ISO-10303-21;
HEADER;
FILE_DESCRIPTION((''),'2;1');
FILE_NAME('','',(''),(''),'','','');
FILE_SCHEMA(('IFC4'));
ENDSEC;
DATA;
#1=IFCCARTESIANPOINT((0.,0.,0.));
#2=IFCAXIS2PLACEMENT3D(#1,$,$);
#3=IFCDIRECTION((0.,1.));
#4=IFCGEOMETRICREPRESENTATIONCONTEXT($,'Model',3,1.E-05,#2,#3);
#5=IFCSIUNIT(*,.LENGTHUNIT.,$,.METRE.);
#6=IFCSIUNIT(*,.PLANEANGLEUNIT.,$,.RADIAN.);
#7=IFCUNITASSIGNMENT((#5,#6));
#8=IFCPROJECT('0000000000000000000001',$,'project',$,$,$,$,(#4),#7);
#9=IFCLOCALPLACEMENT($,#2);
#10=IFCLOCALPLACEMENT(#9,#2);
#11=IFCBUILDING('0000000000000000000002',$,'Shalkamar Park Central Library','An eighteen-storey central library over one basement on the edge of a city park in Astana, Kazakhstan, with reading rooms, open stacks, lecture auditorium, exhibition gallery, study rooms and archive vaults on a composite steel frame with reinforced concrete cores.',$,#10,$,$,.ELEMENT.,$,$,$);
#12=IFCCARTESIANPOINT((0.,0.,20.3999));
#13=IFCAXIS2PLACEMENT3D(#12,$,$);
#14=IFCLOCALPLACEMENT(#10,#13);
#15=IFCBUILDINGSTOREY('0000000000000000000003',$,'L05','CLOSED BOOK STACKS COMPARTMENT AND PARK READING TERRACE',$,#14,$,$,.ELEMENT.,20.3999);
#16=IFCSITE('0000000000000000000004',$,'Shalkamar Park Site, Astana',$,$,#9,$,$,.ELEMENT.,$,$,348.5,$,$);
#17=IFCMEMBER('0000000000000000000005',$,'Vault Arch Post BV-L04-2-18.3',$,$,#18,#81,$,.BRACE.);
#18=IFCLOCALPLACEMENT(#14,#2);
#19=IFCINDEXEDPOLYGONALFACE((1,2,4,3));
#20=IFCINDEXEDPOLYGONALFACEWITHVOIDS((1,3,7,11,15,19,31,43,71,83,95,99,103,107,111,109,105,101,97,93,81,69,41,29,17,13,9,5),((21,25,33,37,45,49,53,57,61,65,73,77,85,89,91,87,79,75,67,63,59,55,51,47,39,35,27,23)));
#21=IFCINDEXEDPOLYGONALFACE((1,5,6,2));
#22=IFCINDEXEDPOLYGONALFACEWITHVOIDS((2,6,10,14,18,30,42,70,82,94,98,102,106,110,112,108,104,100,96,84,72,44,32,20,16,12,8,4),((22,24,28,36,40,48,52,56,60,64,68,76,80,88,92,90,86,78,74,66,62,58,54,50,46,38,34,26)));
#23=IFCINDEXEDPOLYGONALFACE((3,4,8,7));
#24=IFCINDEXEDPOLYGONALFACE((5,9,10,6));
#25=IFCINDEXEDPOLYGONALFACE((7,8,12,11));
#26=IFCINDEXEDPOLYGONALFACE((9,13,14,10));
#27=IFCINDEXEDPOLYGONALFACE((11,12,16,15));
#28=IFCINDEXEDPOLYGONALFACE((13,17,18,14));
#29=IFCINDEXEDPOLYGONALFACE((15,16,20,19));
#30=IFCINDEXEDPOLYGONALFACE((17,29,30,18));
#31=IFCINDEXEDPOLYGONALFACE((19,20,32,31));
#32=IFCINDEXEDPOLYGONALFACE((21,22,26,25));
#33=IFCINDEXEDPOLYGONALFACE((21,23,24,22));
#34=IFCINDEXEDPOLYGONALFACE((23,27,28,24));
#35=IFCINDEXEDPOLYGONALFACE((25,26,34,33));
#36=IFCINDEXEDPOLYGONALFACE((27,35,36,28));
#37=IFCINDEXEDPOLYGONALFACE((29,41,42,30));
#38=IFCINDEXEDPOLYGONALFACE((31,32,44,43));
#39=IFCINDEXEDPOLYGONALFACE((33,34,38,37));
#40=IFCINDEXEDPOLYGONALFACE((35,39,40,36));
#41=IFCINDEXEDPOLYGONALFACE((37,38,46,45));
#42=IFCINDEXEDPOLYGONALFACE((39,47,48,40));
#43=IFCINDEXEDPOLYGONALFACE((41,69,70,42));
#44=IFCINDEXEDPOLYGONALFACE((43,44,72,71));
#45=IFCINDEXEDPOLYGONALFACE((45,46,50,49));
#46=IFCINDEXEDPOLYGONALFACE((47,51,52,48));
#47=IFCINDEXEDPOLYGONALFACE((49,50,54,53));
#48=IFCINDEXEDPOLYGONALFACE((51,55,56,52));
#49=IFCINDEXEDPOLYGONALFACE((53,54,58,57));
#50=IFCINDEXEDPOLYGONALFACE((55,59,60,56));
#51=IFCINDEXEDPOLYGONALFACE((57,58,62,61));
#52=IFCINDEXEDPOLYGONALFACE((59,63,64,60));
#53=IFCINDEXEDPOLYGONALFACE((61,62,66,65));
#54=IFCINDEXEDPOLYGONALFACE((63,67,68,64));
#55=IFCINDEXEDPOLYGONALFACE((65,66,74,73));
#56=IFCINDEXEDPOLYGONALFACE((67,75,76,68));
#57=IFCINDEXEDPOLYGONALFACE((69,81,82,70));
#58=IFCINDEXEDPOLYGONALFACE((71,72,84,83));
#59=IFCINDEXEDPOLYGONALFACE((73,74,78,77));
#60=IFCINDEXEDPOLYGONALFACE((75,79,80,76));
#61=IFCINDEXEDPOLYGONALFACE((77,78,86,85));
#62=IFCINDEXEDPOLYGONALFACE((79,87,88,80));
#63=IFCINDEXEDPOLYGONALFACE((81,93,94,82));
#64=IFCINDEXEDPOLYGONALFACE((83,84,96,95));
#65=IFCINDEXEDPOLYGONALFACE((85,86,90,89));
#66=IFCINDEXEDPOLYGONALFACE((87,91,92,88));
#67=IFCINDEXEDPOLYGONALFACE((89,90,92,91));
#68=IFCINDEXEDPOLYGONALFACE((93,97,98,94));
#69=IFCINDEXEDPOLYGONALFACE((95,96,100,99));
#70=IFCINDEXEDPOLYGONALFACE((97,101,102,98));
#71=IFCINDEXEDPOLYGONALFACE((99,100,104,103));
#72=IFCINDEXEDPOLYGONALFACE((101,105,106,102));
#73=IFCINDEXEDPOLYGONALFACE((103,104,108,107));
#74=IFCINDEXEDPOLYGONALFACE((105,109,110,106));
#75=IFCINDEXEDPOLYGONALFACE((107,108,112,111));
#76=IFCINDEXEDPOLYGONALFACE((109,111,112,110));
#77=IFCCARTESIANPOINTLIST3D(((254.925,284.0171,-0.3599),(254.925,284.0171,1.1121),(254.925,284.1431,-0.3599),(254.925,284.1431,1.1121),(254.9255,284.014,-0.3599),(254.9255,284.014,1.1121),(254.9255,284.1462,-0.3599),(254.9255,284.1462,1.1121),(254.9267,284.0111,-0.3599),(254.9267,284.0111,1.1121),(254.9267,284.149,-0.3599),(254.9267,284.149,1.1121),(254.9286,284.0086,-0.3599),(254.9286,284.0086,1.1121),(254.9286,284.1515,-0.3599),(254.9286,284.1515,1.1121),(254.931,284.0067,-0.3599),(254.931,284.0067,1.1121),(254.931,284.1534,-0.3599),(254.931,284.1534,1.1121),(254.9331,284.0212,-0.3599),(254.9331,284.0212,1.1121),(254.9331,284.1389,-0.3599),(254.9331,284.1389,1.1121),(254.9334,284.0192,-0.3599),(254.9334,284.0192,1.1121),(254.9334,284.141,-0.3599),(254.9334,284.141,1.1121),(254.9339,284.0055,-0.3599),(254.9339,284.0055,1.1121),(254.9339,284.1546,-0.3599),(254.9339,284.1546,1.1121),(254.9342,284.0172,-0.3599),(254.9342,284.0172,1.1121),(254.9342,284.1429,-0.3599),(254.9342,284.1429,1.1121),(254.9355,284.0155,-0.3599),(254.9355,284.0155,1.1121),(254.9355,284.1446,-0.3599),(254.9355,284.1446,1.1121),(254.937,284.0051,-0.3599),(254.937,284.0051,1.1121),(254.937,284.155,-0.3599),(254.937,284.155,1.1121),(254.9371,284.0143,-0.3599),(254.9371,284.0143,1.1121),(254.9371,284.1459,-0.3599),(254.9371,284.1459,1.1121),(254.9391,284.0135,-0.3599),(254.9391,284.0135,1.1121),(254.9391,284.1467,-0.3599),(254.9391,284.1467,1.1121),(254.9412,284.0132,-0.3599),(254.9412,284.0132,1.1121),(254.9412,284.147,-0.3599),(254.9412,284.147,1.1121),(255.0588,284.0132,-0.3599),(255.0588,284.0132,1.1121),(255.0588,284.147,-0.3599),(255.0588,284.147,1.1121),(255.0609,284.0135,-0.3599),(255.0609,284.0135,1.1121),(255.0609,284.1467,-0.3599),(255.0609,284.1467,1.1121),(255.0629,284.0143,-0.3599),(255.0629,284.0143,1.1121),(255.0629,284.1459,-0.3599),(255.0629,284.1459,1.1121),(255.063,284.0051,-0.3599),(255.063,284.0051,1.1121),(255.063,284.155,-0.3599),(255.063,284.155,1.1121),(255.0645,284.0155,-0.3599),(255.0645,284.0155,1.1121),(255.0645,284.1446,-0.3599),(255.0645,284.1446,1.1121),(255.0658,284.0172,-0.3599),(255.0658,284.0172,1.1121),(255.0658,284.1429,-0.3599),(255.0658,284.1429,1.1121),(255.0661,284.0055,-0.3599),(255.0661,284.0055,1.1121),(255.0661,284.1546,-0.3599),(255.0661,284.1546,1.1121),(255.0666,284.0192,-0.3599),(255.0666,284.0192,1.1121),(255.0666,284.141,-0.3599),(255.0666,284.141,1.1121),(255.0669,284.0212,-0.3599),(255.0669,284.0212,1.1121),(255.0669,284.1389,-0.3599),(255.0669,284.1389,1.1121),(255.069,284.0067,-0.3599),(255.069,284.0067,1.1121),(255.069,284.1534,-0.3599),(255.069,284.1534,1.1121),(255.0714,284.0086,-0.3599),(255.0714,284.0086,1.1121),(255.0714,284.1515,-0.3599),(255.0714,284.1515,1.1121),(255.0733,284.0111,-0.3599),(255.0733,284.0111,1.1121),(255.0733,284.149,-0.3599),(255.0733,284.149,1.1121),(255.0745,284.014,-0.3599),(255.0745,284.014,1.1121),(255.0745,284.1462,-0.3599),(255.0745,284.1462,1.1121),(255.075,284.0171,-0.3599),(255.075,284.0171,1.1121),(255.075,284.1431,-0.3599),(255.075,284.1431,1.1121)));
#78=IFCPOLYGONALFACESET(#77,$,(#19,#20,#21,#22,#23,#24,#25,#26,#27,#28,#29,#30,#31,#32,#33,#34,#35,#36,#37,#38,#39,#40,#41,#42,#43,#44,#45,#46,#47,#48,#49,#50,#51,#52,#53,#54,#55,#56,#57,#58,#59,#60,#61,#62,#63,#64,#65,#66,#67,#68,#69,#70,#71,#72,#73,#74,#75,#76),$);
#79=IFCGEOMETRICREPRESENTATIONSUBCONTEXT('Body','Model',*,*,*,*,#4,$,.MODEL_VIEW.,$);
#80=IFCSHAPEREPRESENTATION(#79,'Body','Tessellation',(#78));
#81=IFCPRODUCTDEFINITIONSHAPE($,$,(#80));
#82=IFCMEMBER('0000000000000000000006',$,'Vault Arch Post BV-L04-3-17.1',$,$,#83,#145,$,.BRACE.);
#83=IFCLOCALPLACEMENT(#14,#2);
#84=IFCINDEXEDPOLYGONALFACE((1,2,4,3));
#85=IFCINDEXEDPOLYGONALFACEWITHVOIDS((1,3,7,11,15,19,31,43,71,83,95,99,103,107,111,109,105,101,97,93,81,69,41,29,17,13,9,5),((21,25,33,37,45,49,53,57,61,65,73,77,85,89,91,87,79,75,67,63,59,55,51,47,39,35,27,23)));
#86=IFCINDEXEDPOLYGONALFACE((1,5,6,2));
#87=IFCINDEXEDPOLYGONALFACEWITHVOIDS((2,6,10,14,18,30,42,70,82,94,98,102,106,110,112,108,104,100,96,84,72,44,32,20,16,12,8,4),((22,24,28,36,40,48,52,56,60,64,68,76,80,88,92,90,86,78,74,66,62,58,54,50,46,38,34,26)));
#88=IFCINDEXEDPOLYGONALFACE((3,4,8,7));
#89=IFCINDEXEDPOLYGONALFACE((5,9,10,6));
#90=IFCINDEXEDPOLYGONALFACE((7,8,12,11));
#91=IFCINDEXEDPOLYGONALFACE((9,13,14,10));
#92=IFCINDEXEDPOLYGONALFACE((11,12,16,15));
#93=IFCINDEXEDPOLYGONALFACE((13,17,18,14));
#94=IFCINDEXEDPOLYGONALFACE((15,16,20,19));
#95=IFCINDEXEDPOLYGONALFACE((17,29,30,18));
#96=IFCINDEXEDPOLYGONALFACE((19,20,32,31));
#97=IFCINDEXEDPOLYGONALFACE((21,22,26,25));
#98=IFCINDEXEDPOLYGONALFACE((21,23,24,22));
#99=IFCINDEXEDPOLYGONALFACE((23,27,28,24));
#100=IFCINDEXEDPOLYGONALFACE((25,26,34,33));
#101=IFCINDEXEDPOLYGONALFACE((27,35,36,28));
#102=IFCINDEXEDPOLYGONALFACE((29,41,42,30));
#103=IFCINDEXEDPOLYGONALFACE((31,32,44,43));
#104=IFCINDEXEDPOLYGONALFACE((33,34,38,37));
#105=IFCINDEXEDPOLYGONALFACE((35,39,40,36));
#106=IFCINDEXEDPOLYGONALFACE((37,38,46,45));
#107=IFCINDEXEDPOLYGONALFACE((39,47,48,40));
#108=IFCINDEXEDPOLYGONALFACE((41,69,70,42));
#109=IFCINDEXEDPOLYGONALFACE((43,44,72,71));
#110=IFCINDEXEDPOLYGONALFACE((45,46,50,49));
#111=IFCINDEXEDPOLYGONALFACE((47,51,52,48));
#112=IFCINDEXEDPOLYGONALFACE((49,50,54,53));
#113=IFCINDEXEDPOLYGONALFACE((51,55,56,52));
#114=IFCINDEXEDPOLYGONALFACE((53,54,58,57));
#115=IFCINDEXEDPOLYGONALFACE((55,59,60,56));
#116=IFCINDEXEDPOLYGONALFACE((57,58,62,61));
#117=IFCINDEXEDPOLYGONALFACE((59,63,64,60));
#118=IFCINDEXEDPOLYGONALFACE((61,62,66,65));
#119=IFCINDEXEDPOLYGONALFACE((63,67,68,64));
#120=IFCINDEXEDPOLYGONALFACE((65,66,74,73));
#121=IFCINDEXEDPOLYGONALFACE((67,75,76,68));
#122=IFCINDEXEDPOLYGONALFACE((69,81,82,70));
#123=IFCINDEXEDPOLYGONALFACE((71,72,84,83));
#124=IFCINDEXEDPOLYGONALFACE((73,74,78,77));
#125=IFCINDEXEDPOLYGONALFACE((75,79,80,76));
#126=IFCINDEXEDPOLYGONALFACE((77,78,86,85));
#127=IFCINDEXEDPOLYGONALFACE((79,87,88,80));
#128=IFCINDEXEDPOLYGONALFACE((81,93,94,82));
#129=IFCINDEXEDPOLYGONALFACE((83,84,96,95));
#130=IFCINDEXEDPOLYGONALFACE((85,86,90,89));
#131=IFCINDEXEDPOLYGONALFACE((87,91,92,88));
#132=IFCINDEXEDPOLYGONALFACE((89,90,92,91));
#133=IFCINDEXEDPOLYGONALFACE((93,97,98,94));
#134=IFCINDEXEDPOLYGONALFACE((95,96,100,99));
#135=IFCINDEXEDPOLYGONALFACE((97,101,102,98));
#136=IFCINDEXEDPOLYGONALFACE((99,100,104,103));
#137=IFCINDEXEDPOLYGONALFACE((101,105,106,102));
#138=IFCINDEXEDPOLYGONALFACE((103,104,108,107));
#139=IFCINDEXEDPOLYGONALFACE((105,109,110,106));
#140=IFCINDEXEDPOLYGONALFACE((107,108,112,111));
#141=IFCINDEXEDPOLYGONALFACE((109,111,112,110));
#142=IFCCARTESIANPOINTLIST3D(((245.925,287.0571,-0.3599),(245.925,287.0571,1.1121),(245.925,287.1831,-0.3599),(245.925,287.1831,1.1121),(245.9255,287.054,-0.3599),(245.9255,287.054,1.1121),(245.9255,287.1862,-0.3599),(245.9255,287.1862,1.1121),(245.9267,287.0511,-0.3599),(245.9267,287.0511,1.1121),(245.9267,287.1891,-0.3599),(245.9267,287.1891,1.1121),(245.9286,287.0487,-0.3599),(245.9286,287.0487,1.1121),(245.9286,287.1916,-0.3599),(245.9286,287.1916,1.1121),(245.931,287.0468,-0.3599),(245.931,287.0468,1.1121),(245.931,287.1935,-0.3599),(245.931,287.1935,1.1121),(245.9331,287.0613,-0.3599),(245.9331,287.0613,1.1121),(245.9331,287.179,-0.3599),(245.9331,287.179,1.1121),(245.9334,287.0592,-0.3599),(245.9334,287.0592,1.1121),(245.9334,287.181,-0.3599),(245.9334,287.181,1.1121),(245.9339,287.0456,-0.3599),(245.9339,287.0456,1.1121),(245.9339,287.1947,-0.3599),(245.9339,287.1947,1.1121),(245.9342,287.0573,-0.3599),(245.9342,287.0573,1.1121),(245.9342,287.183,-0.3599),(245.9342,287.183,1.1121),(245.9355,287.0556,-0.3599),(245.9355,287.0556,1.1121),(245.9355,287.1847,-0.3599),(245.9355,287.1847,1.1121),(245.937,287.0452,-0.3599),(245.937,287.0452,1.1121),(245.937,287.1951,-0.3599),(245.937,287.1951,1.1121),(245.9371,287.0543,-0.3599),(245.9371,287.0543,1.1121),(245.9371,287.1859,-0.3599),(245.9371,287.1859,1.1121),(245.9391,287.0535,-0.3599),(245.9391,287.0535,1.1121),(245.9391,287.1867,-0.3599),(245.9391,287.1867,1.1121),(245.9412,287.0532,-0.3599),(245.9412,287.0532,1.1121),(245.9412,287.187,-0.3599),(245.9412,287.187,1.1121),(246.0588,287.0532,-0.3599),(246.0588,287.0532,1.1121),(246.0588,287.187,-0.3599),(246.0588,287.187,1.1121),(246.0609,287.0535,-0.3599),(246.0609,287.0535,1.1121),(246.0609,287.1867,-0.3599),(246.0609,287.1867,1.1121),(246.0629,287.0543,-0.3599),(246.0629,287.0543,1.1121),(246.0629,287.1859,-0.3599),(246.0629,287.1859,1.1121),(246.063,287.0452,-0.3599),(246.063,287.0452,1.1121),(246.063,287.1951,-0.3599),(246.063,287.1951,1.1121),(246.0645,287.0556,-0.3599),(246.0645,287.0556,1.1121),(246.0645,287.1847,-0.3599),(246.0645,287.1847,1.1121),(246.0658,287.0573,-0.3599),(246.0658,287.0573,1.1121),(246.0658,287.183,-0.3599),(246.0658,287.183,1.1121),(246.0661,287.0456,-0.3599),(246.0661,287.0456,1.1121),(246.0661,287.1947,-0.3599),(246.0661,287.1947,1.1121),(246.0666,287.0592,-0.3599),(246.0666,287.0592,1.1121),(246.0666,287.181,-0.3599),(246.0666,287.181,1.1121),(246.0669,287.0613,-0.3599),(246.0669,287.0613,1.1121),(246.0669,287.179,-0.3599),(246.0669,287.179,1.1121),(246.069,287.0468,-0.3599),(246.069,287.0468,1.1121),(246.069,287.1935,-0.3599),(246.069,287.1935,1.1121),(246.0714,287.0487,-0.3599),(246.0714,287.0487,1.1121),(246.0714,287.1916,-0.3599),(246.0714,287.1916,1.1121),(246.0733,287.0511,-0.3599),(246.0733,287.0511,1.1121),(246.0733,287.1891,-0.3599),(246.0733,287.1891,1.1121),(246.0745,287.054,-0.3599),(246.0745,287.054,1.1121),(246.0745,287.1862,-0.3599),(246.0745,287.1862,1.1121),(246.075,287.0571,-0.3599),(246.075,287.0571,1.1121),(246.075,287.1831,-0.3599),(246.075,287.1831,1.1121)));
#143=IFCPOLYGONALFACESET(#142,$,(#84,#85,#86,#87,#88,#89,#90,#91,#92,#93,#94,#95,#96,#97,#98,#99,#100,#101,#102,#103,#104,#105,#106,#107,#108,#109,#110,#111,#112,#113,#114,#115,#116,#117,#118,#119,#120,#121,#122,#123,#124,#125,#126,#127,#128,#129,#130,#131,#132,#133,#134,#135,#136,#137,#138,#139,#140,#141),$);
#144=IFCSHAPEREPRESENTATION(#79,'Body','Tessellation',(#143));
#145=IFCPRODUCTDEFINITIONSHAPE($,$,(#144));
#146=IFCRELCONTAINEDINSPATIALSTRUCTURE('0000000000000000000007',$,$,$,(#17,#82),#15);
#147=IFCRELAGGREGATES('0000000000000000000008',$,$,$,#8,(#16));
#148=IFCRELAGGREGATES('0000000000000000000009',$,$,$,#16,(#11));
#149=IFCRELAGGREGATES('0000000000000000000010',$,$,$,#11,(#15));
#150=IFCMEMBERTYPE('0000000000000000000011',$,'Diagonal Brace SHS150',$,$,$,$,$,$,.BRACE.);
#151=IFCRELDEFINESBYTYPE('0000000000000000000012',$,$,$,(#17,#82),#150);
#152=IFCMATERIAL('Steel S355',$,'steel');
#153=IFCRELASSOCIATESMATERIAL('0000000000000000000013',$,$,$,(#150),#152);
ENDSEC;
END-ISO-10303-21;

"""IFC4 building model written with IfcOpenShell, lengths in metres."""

from ifc_helpers import new_model, si_unit, direction, frame, origin, origin_2d, place, context, subcontext, project, spatial, hollow_rectangle, extrude, material, material_profile, profile_set, type_object, element, save


model = new_model("IFC4")

# Units and contexts
model_context = context("Model", 3, precision=1e-05, world=origin(), true_north=direction((0.0, 1.0)))
body_context = subcontext(model_context, "Body", "Model", "MODEL_VIEW")
ifc_project = project(units=[si_unit("LENGTHUNIT", "METRE"), si_unit("PLANEANGLEUNIT", "RADIAN")], contexts=[model_context])

# Site, building, storey
site_placement = place(None, origin())
site = spatial("IfcSite", under=ifc_project, at=site_placement, Name="Shalkamar Park Site, Astana", CompositionType="ELEMENT", RefElevation=348.5)
building_placement = place(site_placement, origin())
building = spatial("IfcBuilding", under=site, at=building_placement, Name="Shalkamar Park Central Library", Description="An eighteen-storey central library over one basement on the edge of a city park in Astana, Kazakhstan, with reading rooms, open stacks, lecture auditorium, exhibition gallery, study rooms and archive vaults on a composite steel frame with reinforced concrete cores.", CompositionType="ELEMENT")
storey_placement = place(building_placement, frame((0.0, 0.0, 20.3999)))
storey = spatial("IfcBuildingStorey", under=building, at=storey_placement, Name="L05", Description="CLOSED BOOK STACKS COMPARTMENT AND PARK READING TERRACE", CompositionType="ELEMENT", Elevation=20.3999)

# Members
ifc_material = material(Name="Steel S355", Category="steel")
ifc_material_profile_1 = material_profile(ifc_material, hollow_rectangle(XDim=0.1499, YDim=0.1499, WallThickness=0.0081, InnerFilletRadius=0.0081, OuterFilletRadius=0.012, at=origin_2d()), Name="SHS 150x150x8")
ifc_profile_set_1 = profile_set([ifc_material_profile_1], Name="Steel S355")
member_type_1 = type_object("IfcMemberType", Name="Diagonal Brace SHS150", PredefinedType="BRACE", material=ifc_profile_set_1)
for number, where, z_axis, x_axis, name in (
    (1, (255.0, 284.0801, -0.3599), (0.0, 0.0, 1.0), (1.0, 0.0, 0.0), "Vault Arch Post BV-L04-2-18.3"),
    (2, (246.0, 287.1201, -0.3599), (0.0, 0.0, 1.0), (1.0, 0.0, 0.0), "Vault Arch Post BV-L04-3-17.1"),
):
    element("IfcMember", number, at=place(storey_placement, frame(where, z_axis=z_axis, x_axis=x_axis)), inside=storey, type_object=member_type_1, Name=name, PredefinedType="BRACE", context=body_context, shape_type="SweptSolid", body=[
        extrude(hollow_rectangle(XDim=0.1499, YDim=0.1499, WallThickness=0.0081, InnerFilletRadius=0.0081, OuterFilletRadius=0.012, at=origin_2d()), origin(), (0.0, 0.0, 1.0), 1.4719),
    ])

save(model, "model.ifc")
